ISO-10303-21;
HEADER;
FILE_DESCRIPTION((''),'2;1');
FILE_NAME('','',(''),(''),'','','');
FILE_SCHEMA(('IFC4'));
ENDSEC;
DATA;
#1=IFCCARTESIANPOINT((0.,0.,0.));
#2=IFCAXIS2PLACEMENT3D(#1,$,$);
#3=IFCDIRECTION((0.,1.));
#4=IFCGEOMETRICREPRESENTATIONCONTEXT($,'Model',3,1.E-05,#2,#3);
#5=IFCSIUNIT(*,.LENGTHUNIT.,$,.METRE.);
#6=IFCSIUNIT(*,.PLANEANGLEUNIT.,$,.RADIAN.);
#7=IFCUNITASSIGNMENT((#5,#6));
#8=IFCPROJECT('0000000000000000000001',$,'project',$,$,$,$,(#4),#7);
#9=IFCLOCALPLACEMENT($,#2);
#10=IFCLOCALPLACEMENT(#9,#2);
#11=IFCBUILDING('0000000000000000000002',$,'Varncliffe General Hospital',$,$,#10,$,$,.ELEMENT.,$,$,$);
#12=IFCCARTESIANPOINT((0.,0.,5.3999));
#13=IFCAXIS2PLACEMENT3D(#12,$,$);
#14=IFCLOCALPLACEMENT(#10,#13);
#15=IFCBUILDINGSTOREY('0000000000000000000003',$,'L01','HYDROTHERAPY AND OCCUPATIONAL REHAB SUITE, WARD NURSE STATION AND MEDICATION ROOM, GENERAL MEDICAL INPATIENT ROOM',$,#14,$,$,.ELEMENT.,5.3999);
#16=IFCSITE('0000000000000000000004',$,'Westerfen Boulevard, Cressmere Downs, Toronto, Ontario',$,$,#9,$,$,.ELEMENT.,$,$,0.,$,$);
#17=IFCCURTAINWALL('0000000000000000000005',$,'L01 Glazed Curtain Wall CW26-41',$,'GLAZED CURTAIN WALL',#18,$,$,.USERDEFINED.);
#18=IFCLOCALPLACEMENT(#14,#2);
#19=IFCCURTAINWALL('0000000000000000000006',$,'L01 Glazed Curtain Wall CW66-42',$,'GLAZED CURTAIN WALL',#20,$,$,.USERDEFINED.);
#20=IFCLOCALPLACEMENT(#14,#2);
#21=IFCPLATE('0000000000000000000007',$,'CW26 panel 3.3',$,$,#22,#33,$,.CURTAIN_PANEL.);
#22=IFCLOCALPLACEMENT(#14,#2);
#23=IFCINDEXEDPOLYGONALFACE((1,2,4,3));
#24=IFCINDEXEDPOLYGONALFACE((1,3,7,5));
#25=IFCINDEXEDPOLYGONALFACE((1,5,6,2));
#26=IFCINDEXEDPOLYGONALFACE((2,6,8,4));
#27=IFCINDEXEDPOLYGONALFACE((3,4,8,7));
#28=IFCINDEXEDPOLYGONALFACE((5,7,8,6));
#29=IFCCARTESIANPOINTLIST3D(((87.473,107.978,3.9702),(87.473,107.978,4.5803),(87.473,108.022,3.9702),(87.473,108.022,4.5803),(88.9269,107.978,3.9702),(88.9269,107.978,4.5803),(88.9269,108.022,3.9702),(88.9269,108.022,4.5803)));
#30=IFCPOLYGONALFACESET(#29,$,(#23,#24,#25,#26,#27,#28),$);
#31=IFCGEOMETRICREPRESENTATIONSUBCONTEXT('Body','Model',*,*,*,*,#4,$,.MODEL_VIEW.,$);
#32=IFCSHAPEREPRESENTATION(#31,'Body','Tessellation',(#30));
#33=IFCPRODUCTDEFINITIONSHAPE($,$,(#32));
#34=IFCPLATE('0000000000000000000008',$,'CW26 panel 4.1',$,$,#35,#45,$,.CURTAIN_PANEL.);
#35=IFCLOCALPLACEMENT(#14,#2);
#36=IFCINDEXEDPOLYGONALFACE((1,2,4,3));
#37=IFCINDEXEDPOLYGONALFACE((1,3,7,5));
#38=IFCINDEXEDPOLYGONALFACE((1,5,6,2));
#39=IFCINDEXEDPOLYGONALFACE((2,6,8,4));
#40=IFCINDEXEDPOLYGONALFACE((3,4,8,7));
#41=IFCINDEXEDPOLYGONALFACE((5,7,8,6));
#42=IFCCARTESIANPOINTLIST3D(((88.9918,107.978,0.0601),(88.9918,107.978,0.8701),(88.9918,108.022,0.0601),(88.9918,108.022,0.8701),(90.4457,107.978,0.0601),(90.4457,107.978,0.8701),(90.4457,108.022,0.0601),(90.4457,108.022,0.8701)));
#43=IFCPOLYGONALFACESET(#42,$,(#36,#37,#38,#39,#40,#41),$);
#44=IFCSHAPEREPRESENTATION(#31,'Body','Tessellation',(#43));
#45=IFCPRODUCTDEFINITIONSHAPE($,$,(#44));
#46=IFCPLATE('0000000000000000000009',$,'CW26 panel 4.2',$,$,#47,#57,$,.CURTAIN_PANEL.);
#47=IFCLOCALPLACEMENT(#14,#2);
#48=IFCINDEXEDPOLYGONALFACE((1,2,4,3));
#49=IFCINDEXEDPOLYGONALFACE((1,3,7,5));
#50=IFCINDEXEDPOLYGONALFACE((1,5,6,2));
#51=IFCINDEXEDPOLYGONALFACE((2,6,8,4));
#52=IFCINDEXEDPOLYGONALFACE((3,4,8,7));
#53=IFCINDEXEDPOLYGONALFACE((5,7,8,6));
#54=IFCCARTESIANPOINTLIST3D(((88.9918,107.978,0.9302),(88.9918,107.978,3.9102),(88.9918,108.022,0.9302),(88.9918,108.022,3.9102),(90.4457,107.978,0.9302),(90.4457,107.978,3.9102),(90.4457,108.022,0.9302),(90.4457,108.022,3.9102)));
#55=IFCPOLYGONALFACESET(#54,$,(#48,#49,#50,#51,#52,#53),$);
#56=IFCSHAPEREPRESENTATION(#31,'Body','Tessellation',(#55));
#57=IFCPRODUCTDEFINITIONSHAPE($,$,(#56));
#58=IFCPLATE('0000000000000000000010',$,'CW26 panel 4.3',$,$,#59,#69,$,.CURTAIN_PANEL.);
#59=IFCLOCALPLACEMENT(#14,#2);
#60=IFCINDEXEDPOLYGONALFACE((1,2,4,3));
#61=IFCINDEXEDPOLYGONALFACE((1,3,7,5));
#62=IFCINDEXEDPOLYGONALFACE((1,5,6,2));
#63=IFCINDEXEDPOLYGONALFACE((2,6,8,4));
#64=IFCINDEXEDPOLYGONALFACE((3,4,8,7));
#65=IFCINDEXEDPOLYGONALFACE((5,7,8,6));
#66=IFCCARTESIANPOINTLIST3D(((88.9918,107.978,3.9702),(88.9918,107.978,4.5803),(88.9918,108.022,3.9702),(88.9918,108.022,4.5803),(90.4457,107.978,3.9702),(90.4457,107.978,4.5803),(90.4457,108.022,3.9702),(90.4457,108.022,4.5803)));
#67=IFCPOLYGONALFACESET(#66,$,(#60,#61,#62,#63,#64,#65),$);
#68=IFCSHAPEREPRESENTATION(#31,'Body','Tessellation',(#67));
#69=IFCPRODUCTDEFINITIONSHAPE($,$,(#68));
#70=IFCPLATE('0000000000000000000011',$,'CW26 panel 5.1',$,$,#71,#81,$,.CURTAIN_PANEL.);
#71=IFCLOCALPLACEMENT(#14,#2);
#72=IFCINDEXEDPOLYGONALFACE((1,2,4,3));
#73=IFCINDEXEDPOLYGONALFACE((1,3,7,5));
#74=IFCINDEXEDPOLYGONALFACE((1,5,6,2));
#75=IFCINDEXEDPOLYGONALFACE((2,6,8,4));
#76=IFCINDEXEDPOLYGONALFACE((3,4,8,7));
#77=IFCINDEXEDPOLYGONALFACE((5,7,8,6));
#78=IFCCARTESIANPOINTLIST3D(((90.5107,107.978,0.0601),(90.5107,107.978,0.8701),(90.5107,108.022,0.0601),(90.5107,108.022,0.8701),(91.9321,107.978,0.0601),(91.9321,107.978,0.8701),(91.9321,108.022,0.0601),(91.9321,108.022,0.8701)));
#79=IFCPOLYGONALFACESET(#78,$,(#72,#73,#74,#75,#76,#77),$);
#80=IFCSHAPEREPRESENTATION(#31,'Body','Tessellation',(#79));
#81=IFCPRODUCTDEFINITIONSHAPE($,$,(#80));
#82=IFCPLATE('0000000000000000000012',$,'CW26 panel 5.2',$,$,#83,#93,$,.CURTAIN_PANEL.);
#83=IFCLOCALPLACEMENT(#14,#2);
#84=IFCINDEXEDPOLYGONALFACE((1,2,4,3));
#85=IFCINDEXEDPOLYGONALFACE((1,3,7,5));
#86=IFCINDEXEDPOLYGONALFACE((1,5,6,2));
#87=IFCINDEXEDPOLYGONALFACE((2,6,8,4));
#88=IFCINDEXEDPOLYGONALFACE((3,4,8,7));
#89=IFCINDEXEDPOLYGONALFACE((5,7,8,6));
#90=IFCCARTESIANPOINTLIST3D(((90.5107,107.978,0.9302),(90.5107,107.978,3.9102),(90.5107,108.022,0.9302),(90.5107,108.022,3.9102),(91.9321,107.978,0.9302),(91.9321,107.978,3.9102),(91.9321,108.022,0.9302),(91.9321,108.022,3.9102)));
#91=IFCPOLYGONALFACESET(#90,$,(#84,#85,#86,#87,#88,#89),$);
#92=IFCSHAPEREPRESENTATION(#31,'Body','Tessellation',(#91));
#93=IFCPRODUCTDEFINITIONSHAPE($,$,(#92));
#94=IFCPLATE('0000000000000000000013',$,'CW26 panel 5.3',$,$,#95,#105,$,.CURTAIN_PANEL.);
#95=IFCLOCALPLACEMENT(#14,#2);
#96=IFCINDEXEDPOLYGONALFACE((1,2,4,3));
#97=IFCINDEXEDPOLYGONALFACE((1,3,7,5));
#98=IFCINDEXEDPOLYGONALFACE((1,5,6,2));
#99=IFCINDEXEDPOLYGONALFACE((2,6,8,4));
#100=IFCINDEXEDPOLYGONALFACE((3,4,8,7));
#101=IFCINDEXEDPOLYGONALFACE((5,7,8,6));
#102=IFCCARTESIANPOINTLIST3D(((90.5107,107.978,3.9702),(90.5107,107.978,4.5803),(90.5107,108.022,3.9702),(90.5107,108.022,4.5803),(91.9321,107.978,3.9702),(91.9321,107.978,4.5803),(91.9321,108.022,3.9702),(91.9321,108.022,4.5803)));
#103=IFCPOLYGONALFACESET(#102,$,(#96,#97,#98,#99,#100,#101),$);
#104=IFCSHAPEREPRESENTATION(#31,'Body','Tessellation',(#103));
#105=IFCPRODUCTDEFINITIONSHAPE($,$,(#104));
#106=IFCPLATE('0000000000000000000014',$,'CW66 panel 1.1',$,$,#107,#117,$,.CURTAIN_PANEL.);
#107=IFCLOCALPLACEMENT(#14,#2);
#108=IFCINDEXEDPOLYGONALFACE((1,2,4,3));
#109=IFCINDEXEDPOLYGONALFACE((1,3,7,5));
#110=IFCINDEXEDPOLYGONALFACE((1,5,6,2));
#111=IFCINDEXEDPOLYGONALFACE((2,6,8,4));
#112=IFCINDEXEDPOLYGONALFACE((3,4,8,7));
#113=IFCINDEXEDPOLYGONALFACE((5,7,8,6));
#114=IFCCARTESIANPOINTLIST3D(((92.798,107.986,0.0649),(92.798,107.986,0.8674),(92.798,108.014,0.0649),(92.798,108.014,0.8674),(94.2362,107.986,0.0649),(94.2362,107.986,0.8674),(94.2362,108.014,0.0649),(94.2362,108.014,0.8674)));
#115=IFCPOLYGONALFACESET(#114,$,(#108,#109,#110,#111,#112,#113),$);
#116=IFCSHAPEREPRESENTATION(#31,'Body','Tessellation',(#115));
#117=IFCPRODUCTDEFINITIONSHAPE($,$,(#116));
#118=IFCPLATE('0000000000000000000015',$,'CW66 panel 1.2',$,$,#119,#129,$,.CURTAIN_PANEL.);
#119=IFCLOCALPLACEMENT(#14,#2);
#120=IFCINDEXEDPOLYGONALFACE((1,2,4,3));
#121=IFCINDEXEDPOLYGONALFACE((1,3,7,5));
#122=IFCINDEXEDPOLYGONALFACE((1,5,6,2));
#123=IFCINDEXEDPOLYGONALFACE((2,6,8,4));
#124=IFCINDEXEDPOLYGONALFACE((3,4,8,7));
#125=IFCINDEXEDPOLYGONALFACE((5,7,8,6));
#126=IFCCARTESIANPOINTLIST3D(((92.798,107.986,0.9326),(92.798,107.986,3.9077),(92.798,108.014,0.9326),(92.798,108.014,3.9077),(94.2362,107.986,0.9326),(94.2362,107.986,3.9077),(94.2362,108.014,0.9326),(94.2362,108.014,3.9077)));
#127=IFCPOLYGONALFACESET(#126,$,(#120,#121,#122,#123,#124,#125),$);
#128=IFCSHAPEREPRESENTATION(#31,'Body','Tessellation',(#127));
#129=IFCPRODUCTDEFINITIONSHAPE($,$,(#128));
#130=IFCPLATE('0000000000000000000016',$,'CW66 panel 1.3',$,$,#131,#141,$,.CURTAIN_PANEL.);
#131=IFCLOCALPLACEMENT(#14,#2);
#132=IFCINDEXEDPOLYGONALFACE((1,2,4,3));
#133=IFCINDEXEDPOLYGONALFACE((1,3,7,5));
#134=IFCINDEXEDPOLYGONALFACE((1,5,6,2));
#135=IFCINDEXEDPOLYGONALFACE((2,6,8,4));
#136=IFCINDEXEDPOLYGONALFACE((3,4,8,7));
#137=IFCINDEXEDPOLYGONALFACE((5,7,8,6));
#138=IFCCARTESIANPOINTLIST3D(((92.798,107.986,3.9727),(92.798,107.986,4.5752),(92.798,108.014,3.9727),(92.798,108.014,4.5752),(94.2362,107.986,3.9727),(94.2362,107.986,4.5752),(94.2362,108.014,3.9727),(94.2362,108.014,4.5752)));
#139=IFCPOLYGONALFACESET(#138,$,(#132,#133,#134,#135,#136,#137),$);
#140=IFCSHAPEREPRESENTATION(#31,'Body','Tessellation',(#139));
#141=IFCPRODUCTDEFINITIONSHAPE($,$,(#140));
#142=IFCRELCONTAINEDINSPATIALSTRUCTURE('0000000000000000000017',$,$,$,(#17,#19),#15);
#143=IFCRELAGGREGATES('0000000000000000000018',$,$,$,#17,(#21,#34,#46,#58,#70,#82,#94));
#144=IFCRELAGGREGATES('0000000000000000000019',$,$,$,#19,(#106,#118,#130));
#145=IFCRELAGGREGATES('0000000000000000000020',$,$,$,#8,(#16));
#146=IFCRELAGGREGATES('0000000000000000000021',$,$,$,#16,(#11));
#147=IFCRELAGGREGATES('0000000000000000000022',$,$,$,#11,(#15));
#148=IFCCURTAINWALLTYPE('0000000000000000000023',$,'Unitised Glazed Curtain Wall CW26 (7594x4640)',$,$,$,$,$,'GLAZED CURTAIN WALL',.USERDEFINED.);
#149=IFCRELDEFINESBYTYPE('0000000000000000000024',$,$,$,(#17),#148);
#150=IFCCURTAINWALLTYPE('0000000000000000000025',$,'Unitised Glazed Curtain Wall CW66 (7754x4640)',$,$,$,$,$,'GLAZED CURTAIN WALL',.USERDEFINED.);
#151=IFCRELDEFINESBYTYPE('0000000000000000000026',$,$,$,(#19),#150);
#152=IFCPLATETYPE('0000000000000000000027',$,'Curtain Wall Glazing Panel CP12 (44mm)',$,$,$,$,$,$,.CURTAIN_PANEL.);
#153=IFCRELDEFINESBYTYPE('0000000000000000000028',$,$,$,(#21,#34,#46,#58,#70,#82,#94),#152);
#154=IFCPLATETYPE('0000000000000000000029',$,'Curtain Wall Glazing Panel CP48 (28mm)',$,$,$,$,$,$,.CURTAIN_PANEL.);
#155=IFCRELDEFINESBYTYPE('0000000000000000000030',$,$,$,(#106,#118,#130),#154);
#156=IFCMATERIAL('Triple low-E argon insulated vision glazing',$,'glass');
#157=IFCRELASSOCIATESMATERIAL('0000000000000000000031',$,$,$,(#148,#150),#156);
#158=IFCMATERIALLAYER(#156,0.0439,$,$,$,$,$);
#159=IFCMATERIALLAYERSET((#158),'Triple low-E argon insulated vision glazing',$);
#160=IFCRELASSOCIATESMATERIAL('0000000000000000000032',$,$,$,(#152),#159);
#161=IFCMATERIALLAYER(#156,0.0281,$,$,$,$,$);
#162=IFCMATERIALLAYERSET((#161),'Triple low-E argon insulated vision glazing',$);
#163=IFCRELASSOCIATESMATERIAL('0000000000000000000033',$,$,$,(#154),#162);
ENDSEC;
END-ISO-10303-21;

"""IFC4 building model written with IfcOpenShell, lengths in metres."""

from ifc_helpers import new_model, si_unit, direction, frame, origin, origin_2d, place, context, subcontext, project, spatial, rectangle, extrude, material, layer, layer_set, type_object, element, aggregate, save


model = new_model("IFC4")

# Units and contexts
model_context = context("Model", 3, precision=1e-05, world=origin(), true_north=direction((0.0, 1.0)))
body_context = subcontext(model_context, "Body", "Model", "MODEL_VIEW")
ifc_project = project(units=[si_unit("LENGTHUNIT", "METRE"), si_unit("PLANEANGLEUNIT", "RADIAN")], contexts=[model_context])

# Site, building, storey
site_placement = place(None, origin())
site = spatial("IfcSite", under=ifc_project, at=site_placement, Name="Westerfen Boulevard, Cressmere Downs, Toronto, Ontario", CompositionType="ELEMENT", RefElevation=0.0)
building_placement = place(site_placement, origin())
building = spatial("IfcBuilding", under=site, at=building_placement, Name="Varncliffe General Hospital", CompositionType="ELEMENT")
storey_placement = place(building_placement, frame((0.0, 0.0, 5.3999)))
storey = spatial("IfcBuildingStorey", under=building, at=storey_placement, Name="L01", Description="HYDROTHERAPY AND OCCUPATIONAL REHAB SUITE, WARD NURSE STATION AND MEDICATION ROOM, GENERAL MEDICAL INPATIENT ROOM", CompositionType="ELEMENT", Elevation=5.3999)

# Curtain walls
ifc_material_1 = material(Name="Triple low-E argon insulated vision glazing", Category="glass")
curtain_wall_type_1 = type_object("IfcCurtainWallType", Name="Unitised Glazed Curtain Wall CW26 (7594x4640)", ElementType="GLAZED CURTAIN WALL", PredefinedType="USERDEFINED", material=ifc_material_1)
curtain_wall_1_placement = place(storey_placement, origin())
curtain_wall_1 = element("IfcCurtainWall", 1, at=curtain_wall_1_placement, inside=storey, type_object=curtain_wall_type_1, Name="L01 Glazed Curtain Wall CW26-41", ObjectType="GLAZED CURTAIN WALL", PredefinedType="USERDEFINED")
curtain_wall_type_2 = type_object("IfcCurtainWallType", Name="Unitised Glazed Curtain Wall CW66 (7754x4640)", ElementType="GLAZED CURTAIN WALL", PredefinedType="USERDEFINED", material=ifc_material_1)
curtain_wall_2_placement = place(storey_placement, origin())
curtain_wall_2 = element("IfcCurtainWall", 2, at=curtain_wall_2_placement, inside=storey, type_object=curtain_wall_type_2, Name="L01 Glazed Curtain Wall CW66-42", ObjectType="GLAZED CURTAIN WALL", PredefinedType="USERDEFINED")

# Plates
ifc_layer_1 = layer(ifc_material_1, 0.0439)
ifc_layer_set_1 = layer_set([ifc_layer_1], Name="Triple low-E argon insulated vision glazing")
plate_type_1 = type_object("IfcPlateType", Name="Curtain Wall Glazing Panel CP12 (44mm)", PredefinedType="CURTAIN_PANEL", material=ifc_layer_set_1)
plate_1_placement = place(storey_placement, frame((88.2, 108.0, 3.9702), z_axis=(0.0, 0.0, 1.0), x_axis=(1.0, 0.0, 0.0)))
plate_1 = element("IfcPlate", 3, at=plate_1_placement, type_object=plate_type_1, Name="CW26 panel 3.3", PredefinedType="CURTAIN_PANEL", context=body_context, shape_type="SweptSolid", body=[
    extrude(rectangle(XDim=1.4539, YDim=0.0439, at=origin_2d()), origin(), (0.0, 0.0, 1.0), 0.6101),
])
plate_2_placement = place(storey_placement, frame((89.7188, 108.0, 0.0601), z_axis=(0.0, 0.0, 1.0), x_axis=(1.0, 0.0, 0.0)))
plate_2 = element("IfcPlate", 4, at=plate_2_placement, type_object=plate_type_1, Name="CW26 panel 4.1", PredefinedType="CURTAIN_PANEL", context=body_context, shape_type="SweptSolid", body=[
    extrude(rectangle(XDim=1.4539, YDim=0.0439, at=origin_2d()), origin(), (0.0, 0.0, 1.0), 0.8101),
])
plate_3_placement = place(storey_placement, frame((89.7188, 108.0, 0.9302), z_axis=(0.0, 0.0, 1.0), x_axis=(1.0, 0.0, 0.0)))
plate_3 = element("IfcPlate", 5, at=plate_3_placement, type_object=plate_type_1, Name="CW26 panel 4.2", PredefinedType="CURTAIN_PANEL", context=body_context, shape_type="SweptSolid", body=[
    extrude(rectangle(XDim=1.4539, YDim=0.0439, at=origin_2d()), origin(), (0.0, 0.0, 1.0), 2.98),
])
plate_4_placement = place(storey_placement, frame((89.7188, 108.0, 3.9702), z_axis=(0.0, 0.0, 1.0), x_axis=(1.0, 0.0, 0.0)))
plate_4 = element("IfcPlate", 6, at=plate_4_placement, type_object=plate_type_1, Name="CW26 panel 4.3", PredefinedType="CURTAIN_PANEL", context=body_context, shape_type="SweptSolid", body=[
    extrude(rectangle(XDim=1.4539, YDim=0.0439, at=origin_2d()), origin(), (0.0, 0.0, 1.0), 0.6101),
])
plate_5_placement = place(storey_placement, frame((91.2214, 108.0, 0.0601), z_axis=(0.0, 0.0, 1.0), x_axis=(1.0, 0.0, 0.0)))
plate_5 = element("IfcPlate", 7, at=plate_5_placement, type_object=plate_type_1, Name="CW26 panel 5.1", PredefinedType="CURTAIN_PANEL", context=body_context, shape_type="SweptSolid", body=[
    extrude(rectangle(XDim=1.4214, YDim=0.0439, at=origin_2d()), origin(), (0.0, 0.0, 1.0), 0.8101),
])
plate_6_placement = place(storey_placement, frame((91.2214, 108.0, 0.9302), z_axis=(0.0, 0.0, 1.0), x_axis=(1.0, 0.0, 0.0)))
plate_6 = element("IfcPlate", 8, at=plate_6_placement, type_object=plate_type_1, Name="CW26 panel 5.2", PredefinedType="CURTAIN_PANEL", context=body_context, shape_type="SweptSolid", body=[
    extrude(rectangle(XDim=1.4214, YDim=0.0439, at=origin_2d()), origin(), (0.0, 0.0, 1.0), 2.98),
])
plate_7_placement = place(storey_placement, frame((91.2214, 108.0, 3.9702), z_axis=(0.0, 0.0, 1.0), x_axis=(1.0, 0.0, 0.0)))
plate_7 = element("IfcPlate", 9, at=plate_7_placement, type_object=plate_type_1, Name="CW26 panel 5.3", PredefinedType="CURTAIN_PANEL", context=body_context, shape_type="SweptSolid", body=[
    extrude(rectangle(XDim=1.4214, YDim=0.0439, at=origin_2d()), origin(), (0.0, 0.0, 1.0), 0.6101),
])
aggregate(curtain_wall_1, [plate_1, plate_2, plate_3, plate_4, plate_5, plate_6, plate_7])
ifc_layer_2 = layer(ifc_material_1, 0.0281)
ifc_layer_set_2 = layer_set([ifc_layer_2], Name="Triple low-E argon insulated vision glazing")
plate_type_2 = type_object("IfcPlateType", Name="Curtain Wall Glazing Panel CP48 (28mm)", PredefinedType="CURTAIN_PANEL", material=ifc_layer_set_2)
plate_8_placement = place(storey_placement, frame((93.5171, 108.0, 0.0649), z_axis=(0.0, 0.0, 1.0), x_axis=(1.0, 0.0, 0.0)))
plate_8 = element("IfcPlate", 10, at=plate_8_placement, type_object=plate_type_2, Name="CW66 panel 1.1", PredefinedType="CURTAIN_PANEL", context=body_context, shape_type="SweptSolid", body=[
    extrude(rectangle(XDim=1.4382, YDim=0.0281, at=origin_2d()), origin(), (0.0, 0.0, 1.0), 0.8025),
])
plate_9_placement = place(storey_placement, frame((93.5171, 108.0, 0.9326), z_axis=(0.0, 0.0, 1.0), x_axis=(1.0, 0.0, 0.0)))
plate_9 = element("IfcPlate", 11, at=plate_9_placement, type_object=plate_type_2, Name="CW66 panel 1.2", PredefinedType="CURTAIN_PANEL", context=body_context, shape_type="SweptSolid", body=[
    extrude(rectangle(XDim=1.4382, YDim=0.0281, at=origin_2d()), origin(), (0.0, 0.0, 1.0), 2.9751),
])
plate_10_placement = place(storey_placement, frame((93.5171, 108.0, 3.9727), z_axis=(0.0, 0.0, 1.0), x_axis=(1.0, 0.0, 0.0)))
plate_10 = element("IfcPlate", 12, at=plate_10_placement, type_object=plate_type_2, Name="CW66 panel 1.3", PredefinedType="CURTAIN_PANEL", context=body_context, shape_type="SweptSolid", body=[
    extrude(rectangle(XDim=1.4382, YDim=0.0281, at=origin_2d()), origin(), (0.0, 0.0, 1.0), 0.6025),
])
aggregate(curtain_wall_2, [plate_8, plate_9, plate_10])

save(model, "model.ifc")
